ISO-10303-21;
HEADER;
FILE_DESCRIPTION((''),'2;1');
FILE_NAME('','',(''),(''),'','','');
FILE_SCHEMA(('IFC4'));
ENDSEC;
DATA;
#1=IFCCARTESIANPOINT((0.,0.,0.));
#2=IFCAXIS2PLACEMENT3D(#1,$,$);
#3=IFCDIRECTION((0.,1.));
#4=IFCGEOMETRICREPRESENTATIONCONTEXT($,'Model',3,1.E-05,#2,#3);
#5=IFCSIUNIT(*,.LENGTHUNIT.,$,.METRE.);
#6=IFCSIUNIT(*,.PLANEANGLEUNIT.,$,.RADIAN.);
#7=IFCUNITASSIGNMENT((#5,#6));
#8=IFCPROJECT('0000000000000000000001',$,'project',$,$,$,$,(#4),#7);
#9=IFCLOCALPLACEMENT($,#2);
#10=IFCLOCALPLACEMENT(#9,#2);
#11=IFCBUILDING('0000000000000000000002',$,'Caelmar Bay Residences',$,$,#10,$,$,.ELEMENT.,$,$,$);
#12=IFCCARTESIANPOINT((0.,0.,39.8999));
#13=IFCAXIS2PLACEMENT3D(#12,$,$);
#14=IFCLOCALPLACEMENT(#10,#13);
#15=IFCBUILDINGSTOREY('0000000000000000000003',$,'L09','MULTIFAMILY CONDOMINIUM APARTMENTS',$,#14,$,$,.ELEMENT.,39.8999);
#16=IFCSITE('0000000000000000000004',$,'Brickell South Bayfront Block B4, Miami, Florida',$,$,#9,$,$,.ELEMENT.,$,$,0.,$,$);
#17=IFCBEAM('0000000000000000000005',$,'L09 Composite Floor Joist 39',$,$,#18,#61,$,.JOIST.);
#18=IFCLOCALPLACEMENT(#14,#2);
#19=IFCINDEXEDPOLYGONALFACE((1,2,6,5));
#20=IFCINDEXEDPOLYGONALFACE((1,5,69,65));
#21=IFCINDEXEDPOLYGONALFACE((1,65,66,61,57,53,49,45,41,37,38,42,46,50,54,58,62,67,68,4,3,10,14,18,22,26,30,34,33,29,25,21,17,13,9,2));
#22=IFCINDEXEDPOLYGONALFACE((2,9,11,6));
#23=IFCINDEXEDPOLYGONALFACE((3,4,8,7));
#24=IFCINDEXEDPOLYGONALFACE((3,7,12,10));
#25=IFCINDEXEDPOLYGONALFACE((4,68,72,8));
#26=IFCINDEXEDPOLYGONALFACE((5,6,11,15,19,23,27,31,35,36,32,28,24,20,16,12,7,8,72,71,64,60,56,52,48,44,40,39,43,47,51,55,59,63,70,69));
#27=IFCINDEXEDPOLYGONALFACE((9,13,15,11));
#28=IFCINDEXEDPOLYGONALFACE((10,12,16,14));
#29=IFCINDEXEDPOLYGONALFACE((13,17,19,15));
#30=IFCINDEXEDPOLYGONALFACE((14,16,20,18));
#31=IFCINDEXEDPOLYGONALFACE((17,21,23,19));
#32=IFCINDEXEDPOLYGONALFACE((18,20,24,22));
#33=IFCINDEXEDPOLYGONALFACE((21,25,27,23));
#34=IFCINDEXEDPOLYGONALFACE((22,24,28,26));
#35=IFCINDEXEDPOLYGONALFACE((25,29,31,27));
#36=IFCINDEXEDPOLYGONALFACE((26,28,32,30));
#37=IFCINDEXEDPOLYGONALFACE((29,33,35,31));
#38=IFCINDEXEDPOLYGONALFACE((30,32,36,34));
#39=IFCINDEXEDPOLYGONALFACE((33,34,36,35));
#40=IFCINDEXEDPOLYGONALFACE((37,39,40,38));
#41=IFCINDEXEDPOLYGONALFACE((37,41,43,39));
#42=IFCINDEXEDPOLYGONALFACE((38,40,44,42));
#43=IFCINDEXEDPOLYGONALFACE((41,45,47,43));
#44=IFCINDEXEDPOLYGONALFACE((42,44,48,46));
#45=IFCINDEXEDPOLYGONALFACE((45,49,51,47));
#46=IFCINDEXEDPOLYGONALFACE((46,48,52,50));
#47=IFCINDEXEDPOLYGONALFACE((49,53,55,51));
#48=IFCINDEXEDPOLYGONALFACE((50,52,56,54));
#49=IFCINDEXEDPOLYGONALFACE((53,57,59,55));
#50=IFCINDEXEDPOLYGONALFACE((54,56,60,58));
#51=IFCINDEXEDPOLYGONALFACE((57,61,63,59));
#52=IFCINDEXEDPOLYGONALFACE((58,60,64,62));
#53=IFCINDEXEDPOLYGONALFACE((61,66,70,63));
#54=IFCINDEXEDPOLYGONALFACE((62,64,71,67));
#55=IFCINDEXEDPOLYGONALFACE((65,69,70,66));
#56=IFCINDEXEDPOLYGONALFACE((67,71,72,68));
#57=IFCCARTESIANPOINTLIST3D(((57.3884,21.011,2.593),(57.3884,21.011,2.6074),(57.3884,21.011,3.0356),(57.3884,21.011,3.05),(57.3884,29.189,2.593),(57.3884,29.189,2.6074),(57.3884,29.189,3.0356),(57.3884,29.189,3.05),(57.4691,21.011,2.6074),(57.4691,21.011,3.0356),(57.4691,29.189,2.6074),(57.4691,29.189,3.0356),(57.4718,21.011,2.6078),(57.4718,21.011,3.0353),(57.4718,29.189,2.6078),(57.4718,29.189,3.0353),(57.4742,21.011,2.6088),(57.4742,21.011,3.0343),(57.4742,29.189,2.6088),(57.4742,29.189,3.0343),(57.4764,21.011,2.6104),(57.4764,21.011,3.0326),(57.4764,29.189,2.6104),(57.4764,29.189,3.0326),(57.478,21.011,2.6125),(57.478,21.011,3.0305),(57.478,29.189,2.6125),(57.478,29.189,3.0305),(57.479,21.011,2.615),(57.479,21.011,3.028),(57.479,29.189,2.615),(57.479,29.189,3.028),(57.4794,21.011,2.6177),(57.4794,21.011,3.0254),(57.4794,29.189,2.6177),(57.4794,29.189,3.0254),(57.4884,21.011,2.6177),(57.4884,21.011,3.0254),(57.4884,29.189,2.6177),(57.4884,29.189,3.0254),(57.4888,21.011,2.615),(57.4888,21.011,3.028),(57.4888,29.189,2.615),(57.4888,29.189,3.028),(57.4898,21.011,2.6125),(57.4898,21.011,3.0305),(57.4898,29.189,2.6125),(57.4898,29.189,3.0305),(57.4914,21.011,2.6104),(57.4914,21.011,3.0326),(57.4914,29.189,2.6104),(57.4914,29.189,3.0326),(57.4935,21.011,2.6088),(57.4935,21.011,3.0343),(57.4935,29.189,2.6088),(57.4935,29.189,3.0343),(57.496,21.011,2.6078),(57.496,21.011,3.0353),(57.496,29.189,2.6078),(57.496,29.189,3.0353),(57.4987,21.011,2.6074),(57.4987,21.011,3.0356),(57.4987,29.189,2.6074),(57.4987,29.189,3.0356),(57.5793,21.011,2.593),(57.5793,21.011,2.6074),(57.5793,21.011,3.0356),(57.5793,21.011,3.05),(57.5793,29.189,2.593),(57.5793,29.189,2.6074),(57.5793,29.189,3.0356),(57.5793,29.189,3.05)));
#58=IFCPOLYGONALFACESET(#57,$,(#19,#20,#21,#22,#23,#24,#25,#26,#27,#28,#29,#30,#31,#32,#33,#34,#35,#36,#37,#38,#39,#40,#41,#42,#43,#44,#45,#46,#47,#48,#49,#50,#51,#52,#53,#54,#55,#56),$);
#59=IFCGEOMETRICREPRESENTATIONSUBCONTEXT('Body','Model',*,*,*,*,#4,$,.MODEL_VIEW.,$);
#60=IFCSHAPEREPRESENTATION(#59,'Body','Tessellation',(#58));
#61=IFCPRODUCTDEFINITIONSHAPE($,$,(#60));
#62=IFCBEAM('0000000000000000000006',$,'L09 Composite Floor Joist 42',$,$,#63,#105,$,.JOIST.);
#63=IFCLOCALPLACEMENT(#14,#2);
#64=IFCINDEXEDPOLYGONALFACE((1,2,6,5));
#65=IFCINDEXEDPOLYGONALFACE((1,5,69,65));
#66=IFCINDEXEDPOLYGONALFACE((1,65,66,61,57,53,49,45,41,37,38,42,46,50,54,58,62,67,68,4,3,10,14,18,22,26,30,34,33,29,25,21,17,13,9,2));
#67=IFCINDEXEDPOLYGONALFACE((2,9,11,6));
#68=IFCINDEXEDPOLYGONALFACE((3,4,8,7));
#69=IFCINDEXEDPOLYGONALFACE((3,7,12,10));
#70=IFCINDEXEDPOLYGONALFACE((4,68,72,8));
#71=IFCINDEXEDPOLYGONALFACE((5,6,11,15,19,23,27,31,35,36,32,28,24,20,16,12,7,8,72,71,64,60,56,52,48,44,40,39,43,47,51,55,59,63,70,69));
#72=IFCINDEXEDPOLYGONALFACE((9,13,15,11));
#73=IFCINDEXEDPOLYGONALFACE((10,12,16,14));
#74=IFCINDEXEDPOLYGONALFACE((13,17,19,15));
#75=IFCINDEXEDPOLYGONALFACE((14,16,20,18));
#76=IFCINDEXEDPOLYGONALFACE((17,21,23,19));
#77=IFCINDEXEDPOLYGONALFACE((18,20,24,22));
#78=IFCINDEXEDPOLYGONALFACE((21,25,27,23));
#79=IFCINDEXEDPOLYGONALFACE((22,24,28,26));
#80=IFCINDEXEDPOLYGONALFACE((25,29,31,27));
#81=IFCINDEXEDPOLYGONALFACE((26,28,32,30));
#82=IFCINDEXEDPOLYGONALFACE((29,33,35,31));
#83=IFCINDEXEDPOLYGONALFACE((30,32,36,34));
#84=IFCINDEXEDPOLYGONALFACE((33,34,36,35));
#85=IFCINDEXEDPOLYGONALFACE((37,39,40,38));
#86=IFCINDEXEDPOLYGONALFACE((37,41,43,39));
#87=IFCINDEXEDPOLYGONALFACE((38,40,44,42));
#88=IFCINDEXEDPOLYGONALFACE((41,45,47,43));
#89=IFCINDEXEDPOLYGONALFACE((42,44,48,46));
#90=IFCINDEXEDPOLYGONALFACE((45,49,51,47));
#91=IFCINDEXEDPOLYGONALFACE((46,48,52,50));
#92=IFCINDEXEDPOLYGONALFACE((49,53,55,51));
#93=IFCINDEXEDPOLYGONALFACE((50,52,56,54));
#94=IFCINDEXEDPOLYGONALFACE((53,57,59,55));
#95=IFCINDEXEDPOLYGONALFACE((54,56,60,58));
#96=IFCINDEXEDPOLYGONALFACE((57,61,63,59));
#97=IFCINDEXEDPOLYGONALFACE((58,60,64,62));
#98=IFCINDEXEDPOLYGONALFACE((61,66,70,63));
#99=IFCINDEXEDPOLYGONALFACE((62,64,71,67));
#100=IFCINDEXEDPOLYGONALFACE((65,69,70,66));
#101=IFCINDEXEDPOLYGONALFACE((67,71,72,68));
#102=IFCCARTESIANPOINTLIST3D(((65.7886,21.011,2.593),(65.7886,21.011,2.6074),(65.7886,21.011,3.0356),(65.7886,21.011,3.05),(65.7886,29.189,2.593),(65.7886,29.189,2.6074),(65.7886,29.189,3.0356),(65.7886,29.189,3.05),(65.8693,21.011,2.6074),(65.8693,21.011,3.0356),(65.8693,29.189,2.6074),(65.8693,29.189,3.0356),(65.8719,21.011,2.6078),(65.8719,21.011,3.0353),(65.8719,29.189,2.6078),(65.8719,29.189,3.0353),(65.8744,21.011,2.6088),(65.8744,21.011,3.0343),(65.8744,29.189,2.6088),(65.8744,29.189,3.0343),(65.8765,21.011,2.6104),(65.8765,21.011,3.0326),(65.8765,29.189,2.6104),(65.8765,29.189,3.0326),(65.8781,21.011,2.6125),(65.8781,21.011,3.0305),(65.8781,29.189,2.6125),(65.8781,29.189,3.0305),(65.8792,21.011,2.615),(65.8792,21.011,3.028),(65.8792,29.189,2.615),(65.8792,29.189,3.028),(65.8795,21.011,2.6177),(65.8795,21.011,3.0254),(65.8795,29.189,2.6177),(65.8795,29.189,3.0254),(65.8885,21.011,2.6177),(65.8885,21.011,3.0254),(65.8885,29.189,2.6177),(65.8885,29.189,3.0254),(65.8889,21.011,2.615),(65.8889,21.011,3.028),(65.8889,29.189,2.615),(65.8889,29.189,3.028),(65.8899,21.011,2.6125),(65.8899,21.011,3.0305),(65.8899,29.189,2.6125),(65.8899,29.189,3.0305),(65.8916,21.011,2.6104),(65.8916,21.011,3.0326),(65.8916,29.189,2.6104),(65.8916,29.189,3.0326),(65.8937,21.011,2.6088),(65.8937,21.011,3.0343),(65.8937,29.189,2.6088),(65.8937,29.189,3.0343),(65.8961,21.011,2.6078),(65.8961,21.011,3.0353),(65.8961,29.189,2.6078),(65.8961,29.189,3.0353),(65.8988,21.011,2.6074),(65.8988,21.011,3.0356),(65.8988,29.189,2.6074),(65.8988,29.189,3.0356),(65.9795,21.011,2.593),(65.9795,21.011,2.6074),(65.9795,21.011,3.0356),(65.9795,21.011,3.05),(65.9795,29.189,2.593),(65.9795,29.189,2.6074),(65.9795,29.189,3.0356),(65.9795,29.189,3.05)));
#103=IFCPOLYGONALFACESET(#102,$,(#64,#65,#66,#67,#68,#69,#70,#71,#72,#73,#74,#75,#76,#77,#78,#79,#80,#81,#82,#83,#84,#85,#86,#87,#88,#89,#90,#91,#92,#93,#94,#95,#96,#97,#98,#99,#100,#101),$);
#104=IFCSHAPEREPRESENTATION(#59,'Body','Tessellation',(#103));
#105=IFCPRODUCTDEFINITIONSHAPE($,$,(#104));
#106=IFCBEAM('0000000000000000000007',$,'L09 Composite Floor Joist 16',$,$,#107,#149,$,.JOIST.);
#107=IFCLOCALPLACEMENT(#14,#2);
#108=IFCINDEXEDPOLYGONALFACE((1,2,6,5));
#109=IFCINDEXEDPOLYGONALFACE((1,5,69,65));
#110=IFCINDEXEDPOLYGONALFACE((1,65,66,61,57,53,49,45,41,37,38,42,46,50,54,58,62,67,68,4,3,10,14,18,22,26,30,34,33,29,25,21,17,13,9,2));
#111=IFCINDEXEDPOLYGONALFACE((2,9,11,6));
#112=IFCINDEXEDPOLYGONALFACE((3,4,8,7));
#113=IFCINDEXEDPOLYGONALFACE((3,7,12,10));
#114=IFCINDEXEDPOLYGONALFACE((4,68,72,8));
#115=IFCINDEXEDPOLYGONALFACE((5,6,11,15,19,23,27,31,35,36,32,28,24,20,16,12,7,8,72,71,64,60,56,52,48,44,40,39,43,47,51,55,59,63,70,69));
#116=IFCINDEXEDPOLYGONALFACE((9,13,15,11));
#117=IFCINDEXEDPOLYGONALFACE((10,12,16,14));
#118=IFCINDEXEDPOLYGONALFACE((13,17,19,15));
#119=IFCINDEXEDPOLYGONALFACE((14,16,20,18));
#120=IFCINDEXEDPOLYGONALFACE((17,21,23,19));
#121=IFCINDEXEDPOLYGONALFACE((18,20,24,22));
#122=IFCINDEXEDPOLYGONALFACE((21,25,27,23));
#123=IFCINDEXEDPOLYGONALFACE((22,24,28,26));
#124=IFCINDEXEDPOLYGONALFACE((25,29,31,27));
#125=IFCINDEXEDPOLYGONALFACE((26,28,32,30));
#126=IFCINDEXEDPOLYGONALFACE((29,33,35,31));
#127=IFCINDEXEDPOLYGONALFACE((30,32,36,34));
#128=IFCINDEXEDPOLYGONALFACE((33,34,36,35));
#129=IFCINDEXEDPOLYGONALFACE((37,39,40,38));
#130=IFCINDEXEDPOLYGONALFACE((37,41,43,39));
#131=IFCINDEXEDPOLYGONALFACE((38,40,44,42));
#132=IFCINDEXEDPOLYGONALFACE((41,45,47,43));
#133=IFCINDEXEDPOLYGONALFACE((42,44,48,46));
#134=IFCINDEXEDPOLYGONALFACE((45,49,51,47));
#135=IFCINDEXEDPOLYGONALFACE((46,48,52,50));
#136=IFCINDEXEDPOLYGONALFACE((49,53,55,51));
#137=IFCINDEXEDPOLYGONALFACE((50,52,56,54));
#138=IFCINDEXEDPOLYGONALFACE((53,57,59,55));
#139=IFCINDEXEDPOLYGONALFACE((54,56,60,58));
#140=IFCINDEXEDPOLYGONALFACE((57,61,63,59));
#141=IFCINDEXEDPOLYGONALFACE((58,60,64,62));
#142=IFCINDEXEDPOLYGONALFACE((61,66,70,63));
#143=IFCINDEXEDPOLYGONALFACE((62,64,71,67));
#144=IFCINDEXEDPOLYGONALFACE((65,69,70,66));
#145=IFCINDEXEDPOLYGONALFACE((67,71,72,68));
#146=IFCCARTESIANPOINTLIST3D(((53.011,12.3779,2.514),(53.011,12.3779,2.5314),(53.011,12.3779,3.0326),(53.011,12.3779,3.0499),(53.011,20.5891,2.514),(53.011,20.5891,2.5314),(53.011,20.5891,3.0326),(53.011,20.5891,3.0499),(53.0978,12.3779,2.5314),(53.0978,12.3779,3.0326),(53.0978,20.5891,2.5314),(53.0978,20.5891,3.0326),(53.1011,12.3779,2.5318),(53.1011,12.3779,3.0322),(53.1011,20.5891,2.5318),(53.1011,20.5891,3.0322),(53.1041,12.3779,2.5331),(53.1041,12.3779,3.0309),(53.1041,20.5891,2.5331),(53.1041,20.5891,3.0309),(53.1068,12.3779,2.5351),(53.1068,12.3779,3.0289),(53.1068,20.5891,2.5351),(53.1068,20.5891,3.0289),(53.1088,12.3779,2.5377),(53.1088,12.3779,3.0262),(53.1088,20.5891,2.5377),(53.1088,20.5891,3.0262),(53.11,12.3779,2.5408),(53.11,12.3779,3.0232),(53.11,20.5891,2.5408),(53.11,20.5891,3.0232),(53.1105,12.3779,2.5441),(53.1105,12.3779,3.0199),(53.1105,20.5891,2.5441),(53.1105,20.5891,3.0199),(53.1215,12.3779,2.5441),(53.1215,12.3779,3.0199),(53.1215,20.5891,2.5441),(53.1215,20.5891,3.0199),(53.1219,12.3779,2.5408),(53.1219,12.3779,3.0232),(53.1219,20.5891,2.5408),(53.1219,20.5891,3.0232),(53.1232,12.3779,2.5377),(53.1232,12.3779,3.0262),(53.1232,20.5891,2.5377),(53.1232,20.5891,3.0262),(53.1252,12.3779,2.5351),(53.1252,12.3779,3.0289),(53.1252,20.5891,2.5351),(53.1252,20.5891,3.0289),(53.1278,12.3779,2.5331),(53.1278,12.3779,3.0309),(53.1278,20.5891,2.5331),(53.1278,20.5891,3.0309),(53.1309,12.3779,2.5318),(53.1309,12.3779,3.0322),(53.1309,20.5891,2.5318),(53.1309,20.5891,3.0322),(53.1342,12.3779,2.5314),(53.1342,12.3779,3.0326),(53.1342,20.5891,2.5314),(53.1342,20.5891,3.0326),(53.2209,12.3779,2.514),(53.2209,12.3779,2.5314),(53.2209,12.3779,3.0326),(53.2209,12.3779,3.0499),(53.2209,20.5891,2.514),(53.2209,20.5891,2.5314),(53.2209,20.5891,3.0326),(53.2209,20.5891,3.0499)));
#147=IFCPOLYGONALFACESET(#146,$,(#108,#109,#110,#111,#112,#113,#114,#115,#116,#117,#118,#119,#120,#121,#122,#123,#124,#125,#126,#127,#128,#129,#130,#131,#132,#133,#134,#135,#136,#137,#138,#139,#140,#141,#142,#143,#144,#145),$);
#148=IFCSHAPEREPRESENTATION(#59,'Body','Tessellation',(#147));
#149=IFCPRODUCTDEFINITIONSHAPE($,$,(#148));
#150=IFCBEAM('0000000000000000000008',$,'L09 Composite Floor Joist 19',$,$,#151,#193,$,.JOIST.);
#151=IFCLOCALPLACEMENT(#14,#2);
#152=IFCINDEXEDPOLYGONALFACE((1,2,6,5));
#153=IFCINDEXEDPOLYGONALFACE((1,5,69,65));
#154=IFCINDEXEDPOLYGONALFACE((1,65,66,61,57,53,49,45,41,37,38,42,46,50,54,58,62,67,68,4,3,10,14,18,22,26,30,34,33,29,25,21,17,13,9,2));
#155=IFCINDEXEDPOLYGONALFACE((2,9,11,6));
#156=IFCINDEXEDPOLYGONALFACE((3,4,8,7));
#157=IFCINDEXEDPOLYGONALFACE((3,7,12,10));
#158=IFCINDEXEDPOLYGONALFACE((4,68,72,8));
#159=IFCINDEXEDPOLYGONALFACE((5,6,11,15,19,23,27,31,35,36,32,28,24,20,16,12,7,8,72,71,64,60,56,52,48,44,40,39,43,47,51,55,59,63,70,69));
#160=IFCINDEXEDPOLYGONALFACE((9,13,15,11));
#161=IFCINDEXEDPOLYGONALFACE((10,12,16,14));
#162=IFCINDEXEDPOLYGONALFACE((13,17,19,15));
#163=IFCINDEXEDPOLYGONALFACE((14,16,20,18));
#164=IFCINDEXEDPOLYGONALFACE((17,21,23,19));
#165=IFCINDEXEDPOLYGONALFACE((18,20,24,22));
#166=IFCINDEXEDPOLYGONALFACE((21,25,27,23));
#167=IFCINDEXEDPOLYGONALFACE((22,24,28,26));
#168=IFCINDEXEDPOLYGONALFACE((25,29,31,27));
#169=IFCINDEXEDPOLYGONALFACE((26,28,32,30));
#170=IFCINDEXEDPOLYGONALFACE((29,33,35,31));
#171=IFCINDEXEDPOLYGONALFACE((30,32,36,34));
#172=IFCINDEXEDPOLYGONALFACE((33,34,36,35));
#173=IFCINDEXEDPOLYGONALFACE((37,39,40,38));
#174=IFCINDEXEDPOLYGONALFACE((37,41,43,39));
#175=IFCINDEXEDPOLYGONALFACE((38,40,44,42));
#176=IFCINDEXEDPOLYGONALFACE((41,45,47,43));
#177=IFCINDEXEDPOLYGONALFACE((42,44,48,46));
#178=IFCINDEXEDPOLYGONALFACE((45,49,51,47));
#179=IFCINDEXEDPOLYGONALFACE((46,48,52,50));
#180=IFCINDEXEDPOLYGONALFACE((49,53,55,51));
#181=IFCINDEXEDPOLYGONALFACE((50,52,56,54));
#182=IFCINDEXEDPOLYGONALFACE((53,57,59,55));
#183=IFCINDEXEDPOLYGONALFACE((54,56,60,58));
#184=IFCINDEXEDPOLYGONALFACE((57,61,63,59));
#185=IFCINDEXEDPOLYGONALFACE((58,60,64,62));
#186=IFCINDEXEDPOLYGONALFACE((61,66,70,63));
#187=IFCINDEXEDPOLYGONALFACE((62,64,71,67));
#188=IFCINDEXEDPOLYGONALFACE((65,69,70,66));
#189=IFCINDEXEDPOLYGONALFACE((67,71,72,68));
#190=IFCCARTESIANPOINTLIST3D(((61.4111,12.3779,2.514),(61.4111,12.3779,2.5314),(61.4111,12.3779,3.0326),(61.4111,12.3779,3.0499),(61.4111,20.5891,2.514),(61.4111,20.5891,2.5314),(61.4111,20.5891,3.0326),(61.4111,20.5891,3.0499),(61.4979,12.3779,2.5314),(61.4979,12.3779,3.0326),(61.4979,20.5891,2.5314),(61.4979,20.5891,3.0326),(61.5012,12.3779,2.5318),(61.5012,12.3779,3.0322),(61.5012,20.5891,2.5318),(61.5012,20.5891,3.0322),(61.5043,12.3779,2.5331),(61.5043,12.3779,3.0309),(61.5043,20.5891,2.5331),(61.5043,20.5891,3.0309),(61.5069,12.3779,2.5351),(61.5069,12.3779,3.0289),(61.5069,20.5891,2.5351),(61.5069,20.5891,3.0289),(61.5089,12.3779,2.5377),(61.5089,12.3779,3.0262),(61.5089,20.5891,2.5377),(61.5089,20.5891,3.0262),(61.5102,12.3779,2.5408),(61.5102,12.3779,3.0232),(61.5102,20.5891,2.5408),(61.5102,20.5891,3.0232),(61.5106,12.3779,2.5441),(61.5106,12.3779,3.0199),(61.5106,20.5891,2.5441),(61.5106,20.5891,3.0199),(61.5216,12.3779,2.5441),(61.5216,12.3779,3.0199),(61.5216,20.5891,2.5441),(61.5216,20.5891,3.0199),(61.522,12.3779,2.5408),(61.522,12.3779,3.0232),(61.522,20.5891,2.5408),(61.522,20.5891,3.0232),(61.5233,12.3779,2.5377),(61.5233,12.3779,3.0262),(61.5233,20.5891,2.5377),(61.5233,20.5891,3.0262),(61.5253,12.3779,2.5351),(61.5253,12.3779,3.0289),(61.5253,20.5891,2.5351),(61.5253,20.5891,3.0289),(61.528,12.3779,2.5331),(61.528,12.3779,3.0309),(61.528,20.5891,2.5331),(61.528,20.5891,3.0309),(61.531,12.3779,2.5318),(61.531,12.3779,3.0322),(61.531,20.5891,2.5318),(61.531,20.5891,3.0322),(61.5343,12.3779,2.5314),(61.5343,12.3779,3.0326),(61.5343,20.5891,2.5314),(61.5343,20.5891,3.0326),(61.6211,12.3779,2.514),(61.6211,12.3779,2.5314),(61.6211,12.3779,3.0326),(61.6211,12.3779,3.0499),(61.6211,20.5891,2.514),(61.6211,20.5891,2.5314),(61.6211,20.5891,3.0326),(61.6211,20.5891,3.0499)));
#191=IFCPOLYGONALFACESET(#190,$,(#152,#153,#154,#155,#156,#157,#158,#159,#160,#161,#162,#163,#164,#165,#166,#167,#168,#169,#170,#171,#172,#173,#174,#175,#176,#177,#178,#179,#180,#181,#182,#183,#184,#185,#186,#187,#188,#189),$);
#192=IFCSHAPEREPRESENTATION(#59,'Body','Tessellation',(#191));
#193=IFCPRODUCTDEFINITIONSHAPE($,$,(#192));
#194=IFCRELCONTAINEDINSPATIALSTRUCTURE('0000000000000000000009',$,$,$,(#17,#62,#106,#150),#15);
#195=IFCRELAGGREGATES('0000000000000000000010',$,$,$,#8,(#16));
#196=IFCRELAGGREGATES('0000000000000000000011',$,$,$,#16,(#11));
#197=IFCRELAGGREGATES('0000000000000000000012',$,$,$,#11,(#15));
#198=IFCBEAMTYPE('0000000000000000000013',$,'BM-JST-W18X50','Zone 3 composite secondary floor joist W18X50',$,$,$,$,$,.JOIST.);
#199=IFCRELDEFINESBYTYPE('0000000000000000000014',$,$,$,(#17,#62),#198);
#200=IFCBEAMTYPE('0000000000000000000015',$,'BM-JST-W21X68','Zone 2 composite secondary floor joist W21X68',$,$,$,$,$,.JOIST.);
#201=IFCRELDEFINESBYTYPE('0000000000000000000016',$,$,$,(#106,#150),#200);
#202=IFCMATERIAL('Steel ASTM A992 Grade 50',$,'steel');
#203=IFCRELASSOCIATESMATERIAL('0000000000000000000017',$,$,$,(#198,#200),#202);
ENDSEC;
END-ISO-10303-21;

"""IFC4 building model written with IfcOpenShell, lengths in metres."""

from ifc_helpers import new_model, si_unit, direction, frame, origin, origin_2d, place, context, subcontext, project, spatial, i_section, extrude, material, material_profile, profile_set, type_object, element, save


model = new_model("IFC4")

# Units and contexts
model_context = context("Model", 3, precision=1e-05, world=origin(), true_north=direction((0.0, 1.0)))
body_context = subcontext(model_context, "Body", "Model", "MODEL_VIEW")
ifc_project = project(units=[si_unit("LENGTHUNIT", "METRE"), si_unit("PLANEANGLEUNIT", "RADIAN")], contexts=[model_context])

# Site, building, storey
site_placement = place(None, origin())
site = spatial("IfcSite", under=ifc_project, at=site_placement, Name="Brickell South Bayfront Block B4, Miami, Florida", CompositionType="ELEMENT", RefElevation=0.0)
building_placement = place(site_placement, origin())
building = spatial("IfcBuilding", under=site, at=building_placement, Name="Caelmar Bay Residences", CompositionType="ELEMENT")
storey_placement = place(building_placement, frame((0.0, 0.0, 39.8999)))
storey = spatial("IfcBuildingStorey", under=building, at=storey_placement, Name="L09", Description="MULTIFAMILY CONDOMINIUM APARTMENTS", CompositionType="ELEMENT", Elevation=39.8999)

# Beams
ifc_material_1 = material(Name="Steel ASTM A992 Grade 50", Category="steel")
ifc_material_profile_1 = material_profile(ifc_material_1, i_section(OverallWidth=0.1909, OverallDepth=0.457, WebThickness=0.009, FlangeThickness=0.0144, FilletRadius=0.0103, at=origin_2d()), Name="W18X50")
ifc_profile_set_1 = profile_set([ifc_material_profile_1], Name="Steel ASTM A992 Grade 50")
beam_type_1 = type_object("IfcBeamType", Name="BM-JST-W18X50", Description="Zone 3 composite secondary floor joist W18X50", PredefinedType="JOIST", material=ifc_profile_set_1)
for number, where, z_axis, x_axis, name in (
    (1, (57.4839, 21.011, 2.8215), (0.0, 1.0, 0.0), (-1.0, 0.0, 0.0), "L09 Composite Floor Joist 39"),
    (2, (65.884, 21.011, 2.8215), (0.0, 1.0, 0.0), (-1.0, 0.0, 0.0), "L09 Composite Floor Joist 42"),
):
    element("IfcBeam", number, at=place(storey_placement, frame(where, z_axis=z_axis, x_axis=x_axis)), inside=storey, type_object=beam_type_1, Name=name, PredefinedType="JOIST", context=body_context, shape_type="SweptSolid", body=[
        extrude(i_section(OverallWidth=0.1909, OverallDepth=0.457, WebThickness=0.009, FlangeThickness=0.0144, FilletRadius=0.0103, at=origin_2d()), origin(), (0.0, 0.0, 1.0), 8.178),
    ])
ifc_material_profile_2 = material_profile(ifc_material_1, i_section(OverallWidth=0.21, OverallDepth=0.5359, WebThickness=0.011, FlangeThickness=0.0173, FilletRadius=0.0127, at=origin_2d()), Name="W21X68")
ifc_profile_set_2 = profile_set([ifc_material_profile_2], Name="Steel ASTM A992 Grade 50")
beam_type_2 = type_object("IfcBeamType", Name="BM-JST-W21X68", Description="Zone 2 composite secondary floor joist W21X68", PredefinedType="JOIST", material=ifc_profile_set_2)
for number, where, z_axis, x_axis, name in (
    (3, (53.116, 12.3779, 2.782), (0.0, 1.0, 0.0), (-1.0, 0.0, 0.0), "L09 Composite Floor Joist 16"),
    (4, (61.5161, 12.3779, 2.782), (0.0, 1.0, 0.0), (-1.0, 0.0, 0.0), "L09 Composite Floor Joist 19"),
):
    element("IfcBeam", number, at=place(storey_placement, frame(where, z_axis=z_axis, x_axis=x_axis)), inside=storey, type_object=beam_type_2, Name=name, PredefinedType="JOIST", context=body_context, shape_type="SweptSolid", body=[
        extrude(i_section(OverallWidth=0.21, OverallDepth=0.5359, WebThickness=0.011, FlangeThickness=0.0173, FilletRadius=0.0127, at=origin_2d()), origin(), (0.0, 0.0, 1.0), 8.2112),
    ])

save(model, "model.ifc")
